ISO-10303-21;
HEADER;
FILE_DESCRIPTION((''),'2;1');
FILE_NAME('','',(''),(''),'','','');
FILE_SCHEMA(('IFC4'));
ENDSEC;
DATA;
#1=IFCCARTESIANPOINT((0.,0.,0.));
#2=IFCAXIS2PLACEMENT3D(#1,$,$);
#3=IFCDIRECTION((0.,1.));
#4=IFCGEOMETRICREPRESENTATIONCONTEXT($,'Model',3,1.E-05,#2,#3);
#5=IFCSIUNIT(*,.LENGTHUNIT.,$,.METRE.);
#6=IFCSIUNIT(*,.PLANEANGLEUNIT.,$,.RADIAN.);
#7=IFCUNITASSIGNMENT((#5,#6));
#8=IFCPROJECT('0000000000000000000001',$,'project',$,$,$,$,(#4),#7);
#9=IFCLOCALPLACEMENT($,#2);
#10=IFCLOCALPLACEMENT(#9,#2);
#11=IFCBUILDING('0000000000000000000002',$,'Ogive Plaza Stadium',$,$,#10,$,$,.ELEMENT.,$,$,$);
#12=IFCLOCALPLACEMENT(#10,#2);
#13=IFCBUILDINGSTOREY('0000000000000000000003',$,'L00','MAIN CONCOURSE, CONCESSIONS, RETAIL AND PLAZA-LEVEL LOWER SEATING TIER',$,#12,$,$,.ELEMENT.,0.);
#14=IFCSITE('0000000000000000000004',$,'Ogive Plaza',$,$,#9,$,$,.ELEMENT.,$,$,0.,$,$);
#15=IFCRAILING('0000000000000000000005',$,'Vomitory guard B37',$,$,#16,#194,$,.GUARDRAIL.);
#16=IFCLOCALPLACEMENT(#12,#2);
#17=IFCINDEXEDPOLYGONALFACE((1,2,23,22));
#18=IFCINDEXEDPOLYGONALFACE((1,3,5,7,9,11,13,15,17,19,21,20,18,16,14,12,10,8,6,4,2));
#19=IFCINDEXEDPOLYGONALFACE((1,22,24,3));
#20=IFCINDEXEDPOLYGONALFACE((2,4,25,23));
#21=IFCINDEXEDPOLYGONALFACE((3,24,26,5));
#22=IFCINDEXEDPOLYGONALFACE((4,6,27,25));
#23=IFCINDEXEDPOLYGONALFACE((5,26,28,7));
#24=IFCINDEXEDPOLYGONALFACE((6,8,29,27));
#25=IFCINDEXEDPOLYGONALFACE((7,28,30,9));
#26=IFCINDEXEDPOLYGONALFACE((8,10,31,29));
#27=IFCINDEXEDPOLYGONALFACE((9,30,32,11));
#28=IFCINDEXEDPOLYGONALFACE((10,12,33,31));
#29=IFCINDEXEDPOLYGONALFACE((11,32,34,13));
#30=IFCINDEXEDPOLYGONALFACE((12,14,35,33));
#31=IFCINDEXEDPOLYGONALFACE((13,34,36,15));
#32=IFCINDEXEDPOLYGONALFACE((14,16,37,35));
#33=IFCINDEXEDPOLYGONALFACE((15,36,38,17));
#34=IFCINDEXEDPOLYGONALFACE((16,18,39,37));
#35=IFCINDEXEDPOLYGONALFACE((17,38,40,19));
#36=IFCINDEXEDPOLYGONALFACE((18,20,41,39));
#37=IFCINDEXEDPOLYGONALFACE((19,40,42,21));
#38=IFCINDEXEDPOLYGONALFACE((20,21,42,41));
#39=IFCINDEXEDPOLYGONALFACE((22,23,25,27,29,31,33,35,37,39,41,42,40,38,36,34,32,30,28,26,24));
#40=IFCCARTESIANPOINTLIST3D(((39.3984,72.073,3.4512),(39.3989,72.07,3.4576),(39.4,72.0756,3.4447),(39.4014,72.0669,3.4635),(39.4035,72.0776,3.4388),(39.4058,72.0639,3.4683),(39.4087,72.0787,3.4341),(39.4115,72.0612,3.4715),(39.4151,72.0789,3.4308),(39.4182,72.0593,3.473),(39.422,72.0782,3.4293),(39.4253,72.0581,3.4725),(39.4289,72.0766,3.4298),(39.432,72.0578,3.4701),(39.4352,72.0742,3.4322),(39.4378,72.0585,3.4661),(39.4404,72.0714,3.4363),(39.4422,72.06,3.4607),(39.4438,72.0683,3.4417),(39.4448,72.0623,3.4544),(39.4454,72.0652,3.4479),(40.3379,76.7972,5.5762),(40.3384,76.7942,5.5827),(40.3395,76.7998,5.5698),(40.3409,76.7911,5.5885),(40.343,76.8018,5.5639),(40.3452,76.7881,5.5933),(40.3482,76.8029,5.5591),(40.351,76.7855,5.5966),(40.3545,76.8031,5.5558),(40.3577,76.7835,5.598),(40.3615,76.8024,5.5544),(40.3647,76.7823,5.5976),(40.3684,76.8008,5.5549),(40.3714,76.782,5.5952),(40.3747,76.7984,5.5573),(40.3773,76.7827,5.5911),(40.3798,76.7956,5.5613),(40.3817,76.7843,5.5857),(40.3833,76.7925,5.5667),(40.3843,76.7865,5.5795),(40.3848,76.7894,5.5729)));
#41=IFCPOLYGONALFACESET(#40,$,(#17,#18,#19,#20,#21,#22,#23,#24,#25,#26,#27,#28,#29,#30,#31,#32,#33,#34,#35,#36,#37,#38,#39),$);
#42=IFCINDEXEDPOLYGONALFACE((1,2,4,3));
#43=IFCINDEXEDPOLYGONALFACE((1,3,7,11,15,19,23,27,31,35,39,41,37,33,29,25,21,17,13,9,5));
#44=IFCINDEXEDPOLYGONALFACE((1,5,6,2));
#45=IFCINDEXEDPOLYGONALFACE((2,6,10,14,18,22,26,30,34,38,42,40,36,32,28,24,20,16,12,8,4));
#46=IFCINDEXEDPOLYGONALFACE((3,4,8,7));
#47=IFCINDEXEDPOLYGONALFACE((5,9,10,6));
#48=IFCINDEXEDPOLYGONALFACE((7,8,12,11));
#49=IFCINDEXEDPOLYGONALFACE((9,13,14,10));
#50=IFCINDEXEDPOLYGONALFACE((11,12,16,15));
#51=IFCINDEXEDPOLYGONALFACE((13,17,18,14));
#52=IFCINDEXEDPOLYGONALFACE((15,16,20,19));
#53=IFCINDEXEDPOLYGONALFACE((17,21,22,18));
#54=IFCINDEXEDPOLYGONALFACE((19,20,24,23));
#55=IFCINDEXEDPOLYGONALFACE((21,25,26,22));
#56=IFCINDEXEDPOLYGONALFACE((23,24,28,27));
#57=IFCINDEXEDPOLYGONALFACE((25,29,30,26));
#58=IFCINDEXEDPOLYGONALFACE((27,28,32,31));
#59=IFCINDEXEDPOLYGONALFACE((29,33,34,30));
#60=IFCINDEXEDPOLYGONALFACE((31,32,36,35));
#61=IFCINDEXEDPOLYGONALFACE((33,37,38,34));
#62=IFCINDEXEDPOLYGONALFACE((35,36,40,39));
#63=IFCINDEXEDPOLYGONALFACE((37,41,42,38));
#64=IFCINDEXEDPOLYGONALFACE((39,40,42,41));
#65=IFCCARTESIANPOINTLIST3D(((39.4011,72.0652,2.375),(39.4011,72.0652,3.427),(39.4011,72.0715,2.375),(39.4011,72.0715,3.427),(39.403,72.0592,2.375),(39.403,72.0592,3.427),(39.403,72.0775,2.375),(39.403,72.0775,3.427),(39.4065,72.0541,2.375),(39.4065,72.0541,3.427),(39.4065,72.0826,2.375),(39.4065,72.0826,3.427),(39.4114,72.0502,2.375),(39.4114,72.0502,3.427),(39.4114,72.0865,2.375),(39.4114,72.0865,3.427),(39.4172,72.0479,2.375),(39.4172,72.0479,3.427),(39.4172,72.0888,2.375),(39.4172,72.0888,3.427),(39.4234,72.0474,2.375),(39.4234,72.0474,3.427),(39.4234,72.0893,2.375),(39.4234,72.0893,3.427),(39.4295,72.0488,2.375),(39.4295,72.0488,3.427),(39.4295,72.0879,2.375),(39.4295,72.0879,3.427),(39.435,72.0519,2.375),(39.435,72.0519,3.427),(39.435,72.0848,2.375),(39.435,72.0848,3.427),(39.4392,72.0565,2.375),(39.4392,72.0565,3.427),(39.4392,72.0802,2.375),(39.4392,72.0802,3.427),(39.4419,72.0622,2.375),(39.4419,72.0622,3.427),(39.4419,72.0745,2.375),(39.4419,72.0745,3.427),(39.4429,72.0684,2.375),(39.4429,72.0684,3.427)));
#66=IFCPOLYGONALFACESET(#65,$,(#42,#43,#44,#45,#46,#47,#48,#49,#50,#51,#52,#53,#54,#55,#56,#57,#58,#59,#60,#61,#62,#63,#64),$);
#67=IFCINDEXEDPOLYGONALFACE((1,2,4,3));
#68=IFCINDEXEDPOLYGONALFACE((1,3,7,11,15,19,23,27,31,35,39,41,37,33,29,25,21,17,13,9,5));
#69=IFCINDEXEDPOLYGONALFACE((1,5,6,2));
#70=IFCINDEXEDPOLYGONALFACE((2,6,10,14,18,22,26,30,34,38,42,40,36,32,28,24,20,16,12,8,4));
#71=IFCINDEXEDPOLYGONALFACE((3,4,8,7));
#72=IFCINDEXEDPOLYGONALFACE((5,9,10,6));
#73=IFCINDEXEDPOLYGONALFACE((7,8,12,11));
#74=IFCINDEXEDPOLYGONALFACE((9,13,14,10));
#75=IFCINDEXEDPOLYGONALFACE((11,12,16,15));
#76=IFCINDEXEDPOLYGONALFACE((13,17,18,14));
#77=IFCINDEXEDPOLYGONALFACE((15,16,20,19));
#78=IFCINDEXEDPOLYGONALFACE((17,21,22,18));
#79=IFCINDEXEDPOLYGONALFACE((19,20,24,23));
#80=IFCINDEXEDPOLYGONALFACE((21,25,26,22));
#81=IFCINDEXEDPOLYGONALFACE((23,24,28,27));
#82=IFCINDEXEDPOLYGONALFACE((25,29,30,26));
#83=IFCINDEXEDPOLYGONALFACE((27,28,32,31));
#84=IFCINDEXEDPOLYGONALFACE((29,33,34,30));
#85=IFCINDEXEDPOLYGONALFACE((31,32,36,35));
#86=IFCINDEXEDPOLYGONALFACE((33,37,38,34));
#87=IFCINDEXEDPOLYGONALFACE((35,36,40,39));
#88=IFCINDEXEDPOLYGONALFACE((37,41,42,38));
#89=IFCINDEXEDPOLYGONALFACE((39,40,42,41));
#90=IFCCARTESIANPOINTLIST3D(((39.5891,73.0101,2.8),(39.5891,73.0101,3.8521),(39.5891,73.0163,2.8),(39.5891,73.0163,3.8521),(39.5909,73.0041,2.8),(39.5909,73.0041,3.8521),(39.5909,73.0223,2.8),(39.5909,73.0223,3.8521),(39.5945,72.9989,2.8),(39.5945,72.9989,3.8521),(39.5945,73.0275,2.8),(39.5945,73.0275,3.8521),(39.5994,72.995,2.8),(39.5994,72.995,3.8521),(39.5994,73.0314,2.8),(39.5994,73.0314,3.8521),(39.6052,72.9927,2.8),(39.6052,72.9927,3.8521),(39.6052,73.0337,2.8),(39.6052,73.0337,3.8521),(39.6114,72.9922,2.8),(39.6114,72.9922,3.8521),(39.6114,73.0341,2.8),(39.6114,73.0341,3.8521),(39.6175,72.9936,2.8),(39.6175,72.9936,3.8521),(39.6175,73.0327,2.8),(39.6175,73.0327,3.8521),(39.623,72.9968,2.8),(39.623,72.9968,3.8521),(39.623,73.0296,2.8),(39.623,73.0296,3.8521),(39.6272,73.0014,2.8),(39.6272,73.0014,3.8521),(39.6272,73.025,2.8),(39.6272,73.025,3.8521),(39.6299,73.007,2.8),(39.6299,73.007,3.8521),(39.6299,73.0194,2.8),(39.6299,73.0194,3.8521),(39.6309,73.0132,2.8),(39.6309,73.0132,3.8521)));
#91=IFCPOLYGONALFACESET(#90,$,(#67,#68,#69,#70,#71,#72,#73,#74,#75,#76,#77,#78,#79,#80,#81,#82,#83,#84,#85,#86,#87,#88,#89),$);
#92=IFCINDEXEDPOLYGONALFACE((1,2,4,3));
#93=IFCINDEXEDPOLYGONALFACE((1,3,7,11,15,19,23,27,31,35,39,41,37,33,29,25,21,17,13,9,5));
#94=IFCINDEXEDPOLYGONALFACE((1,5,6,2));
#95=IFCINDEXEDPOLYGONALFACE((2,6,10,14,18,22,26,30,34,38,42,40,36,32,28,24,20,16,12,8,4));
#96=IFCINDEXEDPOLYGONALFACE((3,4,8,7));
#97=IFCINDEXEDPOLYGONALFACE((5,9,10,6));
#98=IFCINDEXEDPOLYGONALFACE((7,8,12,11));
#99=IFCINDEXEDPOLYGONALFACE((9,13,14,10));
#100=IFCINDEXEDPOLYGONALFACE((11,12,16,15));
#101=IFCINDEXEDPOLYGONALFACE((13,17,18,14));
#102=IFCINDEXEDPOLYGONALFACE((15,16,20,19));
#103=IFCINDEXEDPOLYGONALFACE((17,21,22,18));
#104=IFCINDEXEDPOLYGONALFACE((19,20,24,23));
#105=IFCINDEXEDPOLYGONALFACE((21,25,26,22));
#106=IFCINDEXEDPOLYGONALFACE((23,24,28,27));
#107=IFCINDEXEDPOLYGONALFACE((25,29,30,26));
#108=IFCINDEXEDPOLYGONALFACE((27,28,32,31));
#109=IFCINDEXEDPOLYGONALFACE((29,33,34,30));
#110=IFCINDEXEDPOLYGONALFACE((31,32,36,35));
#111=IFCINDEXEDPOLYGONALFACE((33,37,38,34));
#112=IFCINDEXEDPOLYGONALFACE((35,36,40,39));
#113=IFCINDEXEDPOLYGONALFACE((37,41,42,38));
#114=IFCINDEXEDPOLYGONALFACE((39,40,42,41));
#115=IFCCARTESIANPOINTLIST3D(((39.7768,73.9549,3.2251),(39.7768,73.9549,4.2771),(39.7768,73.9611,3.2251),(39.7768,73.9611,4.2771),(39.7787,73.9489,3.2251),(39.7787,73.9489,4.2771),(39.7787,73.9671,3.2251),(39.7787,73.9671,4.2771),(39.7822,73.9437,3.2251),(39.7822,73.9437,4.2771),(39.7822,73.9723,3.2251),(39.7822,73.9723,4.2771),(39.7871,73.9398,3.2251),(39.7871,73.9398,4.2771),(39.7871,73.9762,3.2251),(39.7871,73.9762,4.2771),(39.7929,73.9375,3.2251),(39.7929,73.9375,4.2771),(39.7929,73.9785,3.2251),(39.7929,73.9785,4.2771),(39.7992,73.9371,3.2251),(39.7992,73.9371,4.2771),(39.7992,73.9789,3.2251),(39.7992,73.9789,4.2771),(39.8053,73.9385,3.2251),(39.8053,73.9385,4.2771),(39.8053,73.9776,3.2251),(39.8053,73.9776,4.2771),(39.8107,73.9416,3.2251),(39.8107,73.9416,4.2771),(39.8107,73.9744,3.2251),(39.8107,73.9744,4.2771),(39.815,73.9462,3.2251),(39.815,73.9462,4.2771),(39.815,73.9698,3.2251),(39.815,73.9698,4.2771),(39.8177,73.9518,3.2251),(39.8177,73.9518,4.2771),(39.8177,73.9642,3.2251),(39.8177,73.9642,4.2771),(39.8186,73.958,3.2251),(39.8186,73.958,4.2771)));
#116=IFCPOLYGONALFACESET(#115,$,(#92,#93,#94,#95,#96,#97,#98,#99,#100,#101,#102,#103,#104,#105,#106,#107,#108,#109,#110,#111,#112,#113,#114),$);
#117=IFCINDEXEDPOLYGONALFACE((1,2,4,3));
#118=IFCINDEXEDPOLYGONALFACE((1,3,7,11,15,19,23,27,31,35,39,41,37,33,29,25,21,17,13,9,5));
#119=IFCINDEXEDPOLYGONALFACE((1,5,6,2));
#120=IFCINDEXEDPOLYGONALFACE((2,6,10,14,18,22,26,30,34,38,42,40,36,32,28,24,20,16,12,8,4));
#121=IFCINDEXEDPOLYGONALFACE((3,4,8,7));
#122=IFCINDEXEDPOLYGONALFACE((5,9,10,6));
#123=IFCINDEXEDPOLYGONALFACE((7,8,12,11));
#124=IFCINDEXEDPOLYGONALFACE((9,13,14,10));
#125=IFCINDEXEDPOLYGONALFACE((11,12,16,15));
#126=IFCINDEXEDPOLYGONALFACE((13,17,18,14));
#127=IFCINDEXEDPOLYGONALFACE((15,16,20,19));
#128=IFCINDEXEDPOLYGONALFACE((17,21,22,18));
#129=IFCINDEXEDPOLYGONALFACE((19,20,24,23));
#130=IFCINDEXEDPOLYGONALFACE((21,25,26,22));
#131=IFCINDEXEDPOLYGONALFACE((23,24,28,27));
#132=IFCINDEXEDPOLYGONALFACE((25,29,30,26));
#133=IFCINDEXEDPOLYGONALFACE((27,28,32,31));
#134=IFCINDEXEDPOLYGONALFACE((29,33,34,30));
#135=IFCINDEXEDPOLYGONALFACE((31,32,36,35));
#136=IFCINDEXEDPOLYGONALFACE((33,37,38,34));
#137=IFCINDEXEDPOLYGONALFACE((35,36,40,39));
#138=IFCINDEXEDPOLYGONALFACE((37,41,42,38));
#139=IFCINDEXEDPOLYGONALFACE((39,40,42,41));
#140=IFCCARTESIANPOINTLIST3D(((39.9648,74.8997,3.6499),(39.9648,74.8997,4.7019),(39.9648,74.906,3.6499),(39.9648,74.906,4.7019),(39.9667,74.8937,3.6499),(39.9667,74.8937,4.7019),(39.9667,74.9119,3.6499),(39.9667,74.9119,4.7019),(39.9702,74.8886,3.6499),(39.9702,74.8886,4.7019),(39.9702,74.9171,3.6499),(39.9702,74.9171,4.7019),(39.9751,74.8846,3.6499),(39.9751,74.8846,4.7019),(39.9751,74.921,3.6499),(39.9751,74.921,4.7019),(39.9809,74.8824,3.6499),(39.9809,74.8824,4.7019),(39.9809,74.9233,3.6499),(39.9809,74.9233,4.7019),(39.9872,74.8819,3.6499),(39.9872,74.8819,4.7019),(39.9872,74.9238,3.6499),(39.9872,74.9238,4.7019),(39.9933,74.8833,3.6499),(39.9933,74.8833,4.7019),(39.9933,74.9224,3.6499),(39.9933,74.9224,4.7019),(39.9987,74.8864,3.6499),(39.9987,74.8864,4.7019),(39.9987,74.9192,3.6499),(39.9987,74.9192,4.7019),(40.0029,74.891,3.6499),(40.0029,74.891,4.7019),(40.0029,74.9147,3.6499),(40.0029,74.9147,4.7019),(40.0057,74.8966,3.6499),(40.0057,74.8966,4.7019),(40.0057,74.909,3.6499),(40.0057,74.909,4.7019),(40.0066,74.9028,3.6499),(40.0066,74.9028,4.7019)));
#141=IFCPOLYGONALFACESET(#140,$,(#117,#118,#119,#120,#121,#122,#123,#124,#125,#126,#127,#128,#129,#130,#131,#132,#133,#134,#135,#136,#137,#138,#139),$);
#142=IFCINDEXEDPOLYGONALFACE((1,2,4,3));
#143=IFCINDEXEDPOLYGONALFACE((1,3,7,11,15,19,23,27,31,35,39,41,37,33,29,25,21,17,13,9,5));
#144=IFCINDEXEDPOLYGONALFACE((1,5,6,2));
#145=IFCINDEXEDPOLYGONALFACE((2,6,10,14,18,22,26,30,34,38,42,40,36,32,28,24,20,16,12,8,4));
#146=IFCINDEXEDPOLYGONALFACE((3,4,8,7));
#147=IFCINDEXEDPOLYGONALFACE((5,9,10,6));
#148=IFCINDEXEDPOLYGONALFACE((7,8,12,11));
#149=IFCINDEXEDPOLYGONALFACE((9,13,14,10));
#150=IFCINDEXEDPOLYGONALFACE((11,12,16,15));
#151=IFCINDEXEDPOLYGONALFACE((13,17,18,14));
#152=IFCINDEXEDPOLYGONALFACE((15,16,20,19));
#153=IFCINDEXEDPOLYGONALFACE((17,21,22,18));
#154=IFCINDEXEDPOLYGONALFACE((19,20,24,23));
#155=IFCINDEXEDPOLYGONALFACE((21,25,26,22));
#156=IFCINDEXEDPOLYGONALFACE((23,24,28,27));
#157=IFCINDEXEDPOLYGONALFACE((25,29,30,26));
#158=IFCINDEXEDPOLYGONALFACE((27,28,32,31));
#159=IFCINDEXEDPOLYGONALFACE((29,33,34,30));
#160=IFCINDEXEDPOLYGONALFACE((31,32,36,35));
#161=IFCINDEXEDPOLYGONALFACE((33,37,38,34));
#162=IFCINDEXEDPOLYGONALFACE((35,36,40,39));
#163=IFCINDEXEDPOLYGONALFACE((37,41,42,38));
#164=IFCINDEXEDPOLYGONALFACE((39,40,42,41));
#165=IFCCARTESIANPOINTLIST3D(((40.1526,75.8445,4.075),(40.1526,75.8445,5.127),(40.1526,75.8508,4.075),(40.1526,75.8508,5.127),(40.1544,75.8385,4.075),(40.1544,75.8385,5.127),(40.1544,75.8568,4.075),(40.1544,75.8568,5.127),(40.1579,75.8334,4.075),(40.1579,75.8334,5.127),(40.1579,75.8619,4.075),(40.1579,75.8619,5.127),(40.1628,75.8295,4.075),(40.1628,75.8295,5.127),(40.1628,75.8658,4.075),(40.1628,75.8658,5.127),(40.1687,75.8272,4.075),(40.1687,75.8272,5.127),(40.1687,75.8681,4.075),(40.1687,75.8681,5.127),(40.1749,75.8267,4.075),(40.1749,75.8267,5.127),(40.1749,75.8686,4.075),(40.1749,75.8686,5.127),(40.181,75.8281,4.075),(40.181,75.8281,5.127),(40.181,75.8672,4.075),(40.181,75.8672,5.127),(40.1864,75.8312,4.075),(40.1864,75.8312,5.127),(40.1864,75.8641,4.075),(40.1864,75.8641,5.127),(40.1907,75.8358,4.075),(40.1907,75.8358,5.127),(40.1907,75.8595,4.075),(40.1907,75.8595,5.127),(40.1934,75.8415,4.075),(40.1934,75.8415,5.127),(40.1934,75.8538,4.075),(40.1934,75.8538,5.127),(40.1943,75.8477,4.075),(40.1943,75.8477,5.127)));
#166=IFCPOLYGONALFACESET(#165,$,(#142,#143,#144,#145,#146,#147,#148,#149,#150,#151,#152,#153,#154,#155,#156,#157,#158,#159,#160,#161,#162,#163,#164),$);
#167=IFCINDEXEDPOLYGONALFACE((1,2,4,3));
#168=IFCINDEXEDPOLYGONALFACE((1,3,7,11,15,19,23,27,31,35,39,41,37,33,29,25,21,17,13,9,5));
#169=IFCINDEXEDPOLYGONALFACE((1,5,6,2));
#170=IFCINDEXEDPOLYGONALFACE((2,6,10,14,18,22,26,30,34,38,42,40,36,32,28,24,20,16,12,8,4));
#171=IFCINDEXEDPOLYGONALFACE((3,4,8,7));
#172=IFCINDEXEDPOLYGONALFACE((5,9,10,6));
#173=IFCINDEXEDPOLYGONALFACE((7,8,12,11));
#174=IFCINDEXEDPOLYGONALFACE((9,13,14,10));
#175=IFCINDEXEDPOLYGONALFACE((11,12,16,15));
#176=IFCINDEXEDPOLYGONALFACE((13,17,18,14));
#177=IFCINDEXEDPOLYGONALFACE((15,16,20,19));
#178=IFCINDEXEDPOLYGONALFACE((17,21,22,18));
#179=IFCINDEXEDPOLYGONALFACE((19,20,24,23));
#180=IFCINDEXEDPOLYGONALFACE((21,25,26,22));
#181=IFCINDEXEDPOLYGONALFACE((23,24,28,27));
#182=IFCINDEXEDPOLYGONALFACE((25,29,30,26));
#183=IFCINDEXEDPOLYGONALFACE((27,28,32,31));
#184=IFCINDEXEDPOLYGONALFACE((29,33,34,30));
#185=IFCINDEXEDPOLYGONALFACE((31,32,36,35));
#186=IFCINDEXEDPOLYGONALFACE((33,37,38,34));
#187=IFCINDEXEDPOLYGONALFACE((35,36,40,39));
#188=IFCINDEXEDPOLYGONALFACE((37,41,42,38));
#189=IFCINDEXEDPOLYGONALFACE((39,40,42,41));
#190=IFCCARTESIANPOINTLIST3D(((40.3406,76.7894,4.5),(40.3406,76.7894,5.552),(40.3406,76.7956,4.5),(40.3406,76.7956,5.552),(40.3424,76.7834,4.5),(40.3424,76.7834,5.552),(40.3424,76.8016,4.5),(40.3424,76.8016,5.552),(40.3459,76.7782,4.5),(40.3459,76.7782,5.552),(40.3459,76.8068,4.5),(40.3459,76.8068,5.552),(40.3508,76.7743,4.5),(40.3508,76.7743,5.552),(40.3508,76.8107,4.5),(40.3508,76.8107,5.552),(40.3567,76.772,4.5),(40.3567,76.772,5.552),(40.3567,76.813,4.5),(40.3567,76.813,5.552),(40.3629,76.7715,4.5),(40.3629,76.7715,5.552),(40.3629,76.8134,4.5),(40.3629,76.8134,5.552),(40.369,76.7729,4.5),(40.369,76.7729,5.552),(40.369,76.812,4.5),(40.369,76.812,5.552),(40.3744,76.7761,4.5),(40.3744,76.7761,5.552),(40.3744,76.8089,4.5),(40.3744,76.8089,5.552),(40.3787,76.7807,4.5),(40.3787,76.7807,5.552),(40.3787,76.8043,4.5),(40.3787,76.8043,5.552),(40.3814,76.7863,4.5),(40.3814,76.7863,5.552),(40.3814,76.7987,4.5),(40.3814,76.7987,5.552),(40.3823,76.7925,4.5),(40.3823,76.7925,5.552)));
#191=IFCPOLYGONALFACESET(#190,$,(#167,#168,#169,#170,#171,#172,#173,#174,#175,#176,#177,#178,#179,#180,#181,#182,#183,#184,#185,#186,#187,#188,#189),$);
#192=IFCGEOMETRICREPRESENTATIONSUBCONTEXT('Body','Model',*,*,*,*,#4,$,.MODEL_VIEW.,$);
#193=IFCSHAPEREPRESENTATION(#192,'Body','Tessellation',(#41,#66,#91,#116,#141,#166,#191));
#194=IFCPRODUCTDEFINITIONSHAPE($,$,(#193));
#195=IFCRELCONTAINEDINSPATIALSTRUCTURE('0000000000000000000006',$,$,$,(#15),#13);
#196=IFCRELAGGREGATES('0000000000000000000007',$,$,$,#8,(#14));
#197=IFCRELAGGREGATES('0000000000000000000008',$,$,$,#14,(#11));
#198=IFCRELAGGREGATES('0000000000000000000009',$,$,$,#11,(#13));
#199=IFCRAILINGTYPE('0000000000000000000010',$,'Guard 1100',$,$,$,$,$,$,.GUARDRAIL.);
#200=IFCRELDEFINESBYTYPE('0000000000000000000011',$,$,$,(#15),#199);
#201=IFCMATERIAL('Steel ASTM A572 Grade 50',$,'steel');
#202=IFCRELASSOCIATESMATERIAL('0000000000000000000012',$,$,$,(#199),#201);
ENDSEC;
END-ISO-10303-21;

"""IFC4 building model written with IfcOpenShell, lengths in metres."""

from ifc_helpers import new_model, si_unit, direction, frame, origin, origin_2d, place, context, subcontext, project, spatial, circle, extrude, material, type_object, element, save


model = new_model("IFC4")

# Units and contexts
model_context = context("Model", 3, precision=1e-05, world=origin(), true_north=direction((0.0, 1.0)))
body_context = subcontext(model_context, "Body", "Model", "MODEL_VIEW")
ifc_project = project(units=[si_unit("LENGTHUNIT", "METRE"), si_unit("PLANEANGLEUNIT", "RADIAN")], contexts=[model_context])

# Site, building, storey
site_placement = place(None, origin())
site = spatial("IfcSite", under=ifc_project, at=site_placement, Name="Ogive Plaza", CompositionType="ELEMENT", RefElevation=0.0)
building_placement = place(site_placement, origin())
building = spatial("IfcBuilding", under=site, at=building_placement, Name="Ogive Plaza Stadium", CompositionType="ELEMENT")
storey_placement = place(building_placement, origin())
storey = spatial("IfcBuildingStorey", under=building, at=storey_placement, Name="L00", Description="MAIN CONCOURSE, CONCESSIONS, RETAIL AND PLAZA-LEVEL LOWER SEATING TIER", CompositionType="ELEMENT", Elevation=0.0)

# Railing
ifc_material_1 = material(Name="Steel ASTM A572 Grade 50", Category="steel")
railing_type = type_object("IfcRailingType", Name="Guard 1100", PredefinedType="GUARDRAIL", material=ifc_material_1)
railing_1_placement = place(storey_placement, frame((39.4219, 72.0684, 2.375)))
element("IfcRailing", 1, at=railing_1_placement, inside=storey, type_object=railing_type, Name="Vomitory guard B37", PredefinedType="GUARDRAIL", context=body_context, shape_type="SweptSolid", body=[
    extrude(circle(Radius=0.0239, at=origin_2d()), frame((0.0, 0.0, 1.0762), z_axis=(0.178449, 0.897345, 0.403643), x_axis=(-0.980795, 0.195044, 0.0)), (0.0, 0.0, 1.0), 5.2646),
    extrude(circle(Radius=0.021, at=origin_2d()), origin(), (0.0, 0.0, 1.0), 1.052),
    extrude(circle(Radius=0.021, at=origin_2d()), frame((0.188, 0.9448, 0.425)), (0.0, 0.0, 1.0), 1.052),
    extrude(circle(Radius=0.021, at=origin_2d()), frame((0.3757, 1.8896, 0.8501)), (0.0, 0.0, 1.0), 1.052),
    extrude(circle(Radius=0.021, at=origin_2d()), frame((0.5637, 2.8345, 1.2749)), (0.0, 0.0, 1.0), 1.052),
    extrude(circle(Radius=0.021, at=origin_2d()), frame((0.7515, 3.7793, 1.7)), (0.0, 0.0, 1.0), 1.052),
    extrude(circle(Radius=0.021, at=origin_2d()), frame((0.9395, 4.7241, 2.125)), (0.0, 0.0, 1.0), 1.052),
])

save(model, "model.ifc")
